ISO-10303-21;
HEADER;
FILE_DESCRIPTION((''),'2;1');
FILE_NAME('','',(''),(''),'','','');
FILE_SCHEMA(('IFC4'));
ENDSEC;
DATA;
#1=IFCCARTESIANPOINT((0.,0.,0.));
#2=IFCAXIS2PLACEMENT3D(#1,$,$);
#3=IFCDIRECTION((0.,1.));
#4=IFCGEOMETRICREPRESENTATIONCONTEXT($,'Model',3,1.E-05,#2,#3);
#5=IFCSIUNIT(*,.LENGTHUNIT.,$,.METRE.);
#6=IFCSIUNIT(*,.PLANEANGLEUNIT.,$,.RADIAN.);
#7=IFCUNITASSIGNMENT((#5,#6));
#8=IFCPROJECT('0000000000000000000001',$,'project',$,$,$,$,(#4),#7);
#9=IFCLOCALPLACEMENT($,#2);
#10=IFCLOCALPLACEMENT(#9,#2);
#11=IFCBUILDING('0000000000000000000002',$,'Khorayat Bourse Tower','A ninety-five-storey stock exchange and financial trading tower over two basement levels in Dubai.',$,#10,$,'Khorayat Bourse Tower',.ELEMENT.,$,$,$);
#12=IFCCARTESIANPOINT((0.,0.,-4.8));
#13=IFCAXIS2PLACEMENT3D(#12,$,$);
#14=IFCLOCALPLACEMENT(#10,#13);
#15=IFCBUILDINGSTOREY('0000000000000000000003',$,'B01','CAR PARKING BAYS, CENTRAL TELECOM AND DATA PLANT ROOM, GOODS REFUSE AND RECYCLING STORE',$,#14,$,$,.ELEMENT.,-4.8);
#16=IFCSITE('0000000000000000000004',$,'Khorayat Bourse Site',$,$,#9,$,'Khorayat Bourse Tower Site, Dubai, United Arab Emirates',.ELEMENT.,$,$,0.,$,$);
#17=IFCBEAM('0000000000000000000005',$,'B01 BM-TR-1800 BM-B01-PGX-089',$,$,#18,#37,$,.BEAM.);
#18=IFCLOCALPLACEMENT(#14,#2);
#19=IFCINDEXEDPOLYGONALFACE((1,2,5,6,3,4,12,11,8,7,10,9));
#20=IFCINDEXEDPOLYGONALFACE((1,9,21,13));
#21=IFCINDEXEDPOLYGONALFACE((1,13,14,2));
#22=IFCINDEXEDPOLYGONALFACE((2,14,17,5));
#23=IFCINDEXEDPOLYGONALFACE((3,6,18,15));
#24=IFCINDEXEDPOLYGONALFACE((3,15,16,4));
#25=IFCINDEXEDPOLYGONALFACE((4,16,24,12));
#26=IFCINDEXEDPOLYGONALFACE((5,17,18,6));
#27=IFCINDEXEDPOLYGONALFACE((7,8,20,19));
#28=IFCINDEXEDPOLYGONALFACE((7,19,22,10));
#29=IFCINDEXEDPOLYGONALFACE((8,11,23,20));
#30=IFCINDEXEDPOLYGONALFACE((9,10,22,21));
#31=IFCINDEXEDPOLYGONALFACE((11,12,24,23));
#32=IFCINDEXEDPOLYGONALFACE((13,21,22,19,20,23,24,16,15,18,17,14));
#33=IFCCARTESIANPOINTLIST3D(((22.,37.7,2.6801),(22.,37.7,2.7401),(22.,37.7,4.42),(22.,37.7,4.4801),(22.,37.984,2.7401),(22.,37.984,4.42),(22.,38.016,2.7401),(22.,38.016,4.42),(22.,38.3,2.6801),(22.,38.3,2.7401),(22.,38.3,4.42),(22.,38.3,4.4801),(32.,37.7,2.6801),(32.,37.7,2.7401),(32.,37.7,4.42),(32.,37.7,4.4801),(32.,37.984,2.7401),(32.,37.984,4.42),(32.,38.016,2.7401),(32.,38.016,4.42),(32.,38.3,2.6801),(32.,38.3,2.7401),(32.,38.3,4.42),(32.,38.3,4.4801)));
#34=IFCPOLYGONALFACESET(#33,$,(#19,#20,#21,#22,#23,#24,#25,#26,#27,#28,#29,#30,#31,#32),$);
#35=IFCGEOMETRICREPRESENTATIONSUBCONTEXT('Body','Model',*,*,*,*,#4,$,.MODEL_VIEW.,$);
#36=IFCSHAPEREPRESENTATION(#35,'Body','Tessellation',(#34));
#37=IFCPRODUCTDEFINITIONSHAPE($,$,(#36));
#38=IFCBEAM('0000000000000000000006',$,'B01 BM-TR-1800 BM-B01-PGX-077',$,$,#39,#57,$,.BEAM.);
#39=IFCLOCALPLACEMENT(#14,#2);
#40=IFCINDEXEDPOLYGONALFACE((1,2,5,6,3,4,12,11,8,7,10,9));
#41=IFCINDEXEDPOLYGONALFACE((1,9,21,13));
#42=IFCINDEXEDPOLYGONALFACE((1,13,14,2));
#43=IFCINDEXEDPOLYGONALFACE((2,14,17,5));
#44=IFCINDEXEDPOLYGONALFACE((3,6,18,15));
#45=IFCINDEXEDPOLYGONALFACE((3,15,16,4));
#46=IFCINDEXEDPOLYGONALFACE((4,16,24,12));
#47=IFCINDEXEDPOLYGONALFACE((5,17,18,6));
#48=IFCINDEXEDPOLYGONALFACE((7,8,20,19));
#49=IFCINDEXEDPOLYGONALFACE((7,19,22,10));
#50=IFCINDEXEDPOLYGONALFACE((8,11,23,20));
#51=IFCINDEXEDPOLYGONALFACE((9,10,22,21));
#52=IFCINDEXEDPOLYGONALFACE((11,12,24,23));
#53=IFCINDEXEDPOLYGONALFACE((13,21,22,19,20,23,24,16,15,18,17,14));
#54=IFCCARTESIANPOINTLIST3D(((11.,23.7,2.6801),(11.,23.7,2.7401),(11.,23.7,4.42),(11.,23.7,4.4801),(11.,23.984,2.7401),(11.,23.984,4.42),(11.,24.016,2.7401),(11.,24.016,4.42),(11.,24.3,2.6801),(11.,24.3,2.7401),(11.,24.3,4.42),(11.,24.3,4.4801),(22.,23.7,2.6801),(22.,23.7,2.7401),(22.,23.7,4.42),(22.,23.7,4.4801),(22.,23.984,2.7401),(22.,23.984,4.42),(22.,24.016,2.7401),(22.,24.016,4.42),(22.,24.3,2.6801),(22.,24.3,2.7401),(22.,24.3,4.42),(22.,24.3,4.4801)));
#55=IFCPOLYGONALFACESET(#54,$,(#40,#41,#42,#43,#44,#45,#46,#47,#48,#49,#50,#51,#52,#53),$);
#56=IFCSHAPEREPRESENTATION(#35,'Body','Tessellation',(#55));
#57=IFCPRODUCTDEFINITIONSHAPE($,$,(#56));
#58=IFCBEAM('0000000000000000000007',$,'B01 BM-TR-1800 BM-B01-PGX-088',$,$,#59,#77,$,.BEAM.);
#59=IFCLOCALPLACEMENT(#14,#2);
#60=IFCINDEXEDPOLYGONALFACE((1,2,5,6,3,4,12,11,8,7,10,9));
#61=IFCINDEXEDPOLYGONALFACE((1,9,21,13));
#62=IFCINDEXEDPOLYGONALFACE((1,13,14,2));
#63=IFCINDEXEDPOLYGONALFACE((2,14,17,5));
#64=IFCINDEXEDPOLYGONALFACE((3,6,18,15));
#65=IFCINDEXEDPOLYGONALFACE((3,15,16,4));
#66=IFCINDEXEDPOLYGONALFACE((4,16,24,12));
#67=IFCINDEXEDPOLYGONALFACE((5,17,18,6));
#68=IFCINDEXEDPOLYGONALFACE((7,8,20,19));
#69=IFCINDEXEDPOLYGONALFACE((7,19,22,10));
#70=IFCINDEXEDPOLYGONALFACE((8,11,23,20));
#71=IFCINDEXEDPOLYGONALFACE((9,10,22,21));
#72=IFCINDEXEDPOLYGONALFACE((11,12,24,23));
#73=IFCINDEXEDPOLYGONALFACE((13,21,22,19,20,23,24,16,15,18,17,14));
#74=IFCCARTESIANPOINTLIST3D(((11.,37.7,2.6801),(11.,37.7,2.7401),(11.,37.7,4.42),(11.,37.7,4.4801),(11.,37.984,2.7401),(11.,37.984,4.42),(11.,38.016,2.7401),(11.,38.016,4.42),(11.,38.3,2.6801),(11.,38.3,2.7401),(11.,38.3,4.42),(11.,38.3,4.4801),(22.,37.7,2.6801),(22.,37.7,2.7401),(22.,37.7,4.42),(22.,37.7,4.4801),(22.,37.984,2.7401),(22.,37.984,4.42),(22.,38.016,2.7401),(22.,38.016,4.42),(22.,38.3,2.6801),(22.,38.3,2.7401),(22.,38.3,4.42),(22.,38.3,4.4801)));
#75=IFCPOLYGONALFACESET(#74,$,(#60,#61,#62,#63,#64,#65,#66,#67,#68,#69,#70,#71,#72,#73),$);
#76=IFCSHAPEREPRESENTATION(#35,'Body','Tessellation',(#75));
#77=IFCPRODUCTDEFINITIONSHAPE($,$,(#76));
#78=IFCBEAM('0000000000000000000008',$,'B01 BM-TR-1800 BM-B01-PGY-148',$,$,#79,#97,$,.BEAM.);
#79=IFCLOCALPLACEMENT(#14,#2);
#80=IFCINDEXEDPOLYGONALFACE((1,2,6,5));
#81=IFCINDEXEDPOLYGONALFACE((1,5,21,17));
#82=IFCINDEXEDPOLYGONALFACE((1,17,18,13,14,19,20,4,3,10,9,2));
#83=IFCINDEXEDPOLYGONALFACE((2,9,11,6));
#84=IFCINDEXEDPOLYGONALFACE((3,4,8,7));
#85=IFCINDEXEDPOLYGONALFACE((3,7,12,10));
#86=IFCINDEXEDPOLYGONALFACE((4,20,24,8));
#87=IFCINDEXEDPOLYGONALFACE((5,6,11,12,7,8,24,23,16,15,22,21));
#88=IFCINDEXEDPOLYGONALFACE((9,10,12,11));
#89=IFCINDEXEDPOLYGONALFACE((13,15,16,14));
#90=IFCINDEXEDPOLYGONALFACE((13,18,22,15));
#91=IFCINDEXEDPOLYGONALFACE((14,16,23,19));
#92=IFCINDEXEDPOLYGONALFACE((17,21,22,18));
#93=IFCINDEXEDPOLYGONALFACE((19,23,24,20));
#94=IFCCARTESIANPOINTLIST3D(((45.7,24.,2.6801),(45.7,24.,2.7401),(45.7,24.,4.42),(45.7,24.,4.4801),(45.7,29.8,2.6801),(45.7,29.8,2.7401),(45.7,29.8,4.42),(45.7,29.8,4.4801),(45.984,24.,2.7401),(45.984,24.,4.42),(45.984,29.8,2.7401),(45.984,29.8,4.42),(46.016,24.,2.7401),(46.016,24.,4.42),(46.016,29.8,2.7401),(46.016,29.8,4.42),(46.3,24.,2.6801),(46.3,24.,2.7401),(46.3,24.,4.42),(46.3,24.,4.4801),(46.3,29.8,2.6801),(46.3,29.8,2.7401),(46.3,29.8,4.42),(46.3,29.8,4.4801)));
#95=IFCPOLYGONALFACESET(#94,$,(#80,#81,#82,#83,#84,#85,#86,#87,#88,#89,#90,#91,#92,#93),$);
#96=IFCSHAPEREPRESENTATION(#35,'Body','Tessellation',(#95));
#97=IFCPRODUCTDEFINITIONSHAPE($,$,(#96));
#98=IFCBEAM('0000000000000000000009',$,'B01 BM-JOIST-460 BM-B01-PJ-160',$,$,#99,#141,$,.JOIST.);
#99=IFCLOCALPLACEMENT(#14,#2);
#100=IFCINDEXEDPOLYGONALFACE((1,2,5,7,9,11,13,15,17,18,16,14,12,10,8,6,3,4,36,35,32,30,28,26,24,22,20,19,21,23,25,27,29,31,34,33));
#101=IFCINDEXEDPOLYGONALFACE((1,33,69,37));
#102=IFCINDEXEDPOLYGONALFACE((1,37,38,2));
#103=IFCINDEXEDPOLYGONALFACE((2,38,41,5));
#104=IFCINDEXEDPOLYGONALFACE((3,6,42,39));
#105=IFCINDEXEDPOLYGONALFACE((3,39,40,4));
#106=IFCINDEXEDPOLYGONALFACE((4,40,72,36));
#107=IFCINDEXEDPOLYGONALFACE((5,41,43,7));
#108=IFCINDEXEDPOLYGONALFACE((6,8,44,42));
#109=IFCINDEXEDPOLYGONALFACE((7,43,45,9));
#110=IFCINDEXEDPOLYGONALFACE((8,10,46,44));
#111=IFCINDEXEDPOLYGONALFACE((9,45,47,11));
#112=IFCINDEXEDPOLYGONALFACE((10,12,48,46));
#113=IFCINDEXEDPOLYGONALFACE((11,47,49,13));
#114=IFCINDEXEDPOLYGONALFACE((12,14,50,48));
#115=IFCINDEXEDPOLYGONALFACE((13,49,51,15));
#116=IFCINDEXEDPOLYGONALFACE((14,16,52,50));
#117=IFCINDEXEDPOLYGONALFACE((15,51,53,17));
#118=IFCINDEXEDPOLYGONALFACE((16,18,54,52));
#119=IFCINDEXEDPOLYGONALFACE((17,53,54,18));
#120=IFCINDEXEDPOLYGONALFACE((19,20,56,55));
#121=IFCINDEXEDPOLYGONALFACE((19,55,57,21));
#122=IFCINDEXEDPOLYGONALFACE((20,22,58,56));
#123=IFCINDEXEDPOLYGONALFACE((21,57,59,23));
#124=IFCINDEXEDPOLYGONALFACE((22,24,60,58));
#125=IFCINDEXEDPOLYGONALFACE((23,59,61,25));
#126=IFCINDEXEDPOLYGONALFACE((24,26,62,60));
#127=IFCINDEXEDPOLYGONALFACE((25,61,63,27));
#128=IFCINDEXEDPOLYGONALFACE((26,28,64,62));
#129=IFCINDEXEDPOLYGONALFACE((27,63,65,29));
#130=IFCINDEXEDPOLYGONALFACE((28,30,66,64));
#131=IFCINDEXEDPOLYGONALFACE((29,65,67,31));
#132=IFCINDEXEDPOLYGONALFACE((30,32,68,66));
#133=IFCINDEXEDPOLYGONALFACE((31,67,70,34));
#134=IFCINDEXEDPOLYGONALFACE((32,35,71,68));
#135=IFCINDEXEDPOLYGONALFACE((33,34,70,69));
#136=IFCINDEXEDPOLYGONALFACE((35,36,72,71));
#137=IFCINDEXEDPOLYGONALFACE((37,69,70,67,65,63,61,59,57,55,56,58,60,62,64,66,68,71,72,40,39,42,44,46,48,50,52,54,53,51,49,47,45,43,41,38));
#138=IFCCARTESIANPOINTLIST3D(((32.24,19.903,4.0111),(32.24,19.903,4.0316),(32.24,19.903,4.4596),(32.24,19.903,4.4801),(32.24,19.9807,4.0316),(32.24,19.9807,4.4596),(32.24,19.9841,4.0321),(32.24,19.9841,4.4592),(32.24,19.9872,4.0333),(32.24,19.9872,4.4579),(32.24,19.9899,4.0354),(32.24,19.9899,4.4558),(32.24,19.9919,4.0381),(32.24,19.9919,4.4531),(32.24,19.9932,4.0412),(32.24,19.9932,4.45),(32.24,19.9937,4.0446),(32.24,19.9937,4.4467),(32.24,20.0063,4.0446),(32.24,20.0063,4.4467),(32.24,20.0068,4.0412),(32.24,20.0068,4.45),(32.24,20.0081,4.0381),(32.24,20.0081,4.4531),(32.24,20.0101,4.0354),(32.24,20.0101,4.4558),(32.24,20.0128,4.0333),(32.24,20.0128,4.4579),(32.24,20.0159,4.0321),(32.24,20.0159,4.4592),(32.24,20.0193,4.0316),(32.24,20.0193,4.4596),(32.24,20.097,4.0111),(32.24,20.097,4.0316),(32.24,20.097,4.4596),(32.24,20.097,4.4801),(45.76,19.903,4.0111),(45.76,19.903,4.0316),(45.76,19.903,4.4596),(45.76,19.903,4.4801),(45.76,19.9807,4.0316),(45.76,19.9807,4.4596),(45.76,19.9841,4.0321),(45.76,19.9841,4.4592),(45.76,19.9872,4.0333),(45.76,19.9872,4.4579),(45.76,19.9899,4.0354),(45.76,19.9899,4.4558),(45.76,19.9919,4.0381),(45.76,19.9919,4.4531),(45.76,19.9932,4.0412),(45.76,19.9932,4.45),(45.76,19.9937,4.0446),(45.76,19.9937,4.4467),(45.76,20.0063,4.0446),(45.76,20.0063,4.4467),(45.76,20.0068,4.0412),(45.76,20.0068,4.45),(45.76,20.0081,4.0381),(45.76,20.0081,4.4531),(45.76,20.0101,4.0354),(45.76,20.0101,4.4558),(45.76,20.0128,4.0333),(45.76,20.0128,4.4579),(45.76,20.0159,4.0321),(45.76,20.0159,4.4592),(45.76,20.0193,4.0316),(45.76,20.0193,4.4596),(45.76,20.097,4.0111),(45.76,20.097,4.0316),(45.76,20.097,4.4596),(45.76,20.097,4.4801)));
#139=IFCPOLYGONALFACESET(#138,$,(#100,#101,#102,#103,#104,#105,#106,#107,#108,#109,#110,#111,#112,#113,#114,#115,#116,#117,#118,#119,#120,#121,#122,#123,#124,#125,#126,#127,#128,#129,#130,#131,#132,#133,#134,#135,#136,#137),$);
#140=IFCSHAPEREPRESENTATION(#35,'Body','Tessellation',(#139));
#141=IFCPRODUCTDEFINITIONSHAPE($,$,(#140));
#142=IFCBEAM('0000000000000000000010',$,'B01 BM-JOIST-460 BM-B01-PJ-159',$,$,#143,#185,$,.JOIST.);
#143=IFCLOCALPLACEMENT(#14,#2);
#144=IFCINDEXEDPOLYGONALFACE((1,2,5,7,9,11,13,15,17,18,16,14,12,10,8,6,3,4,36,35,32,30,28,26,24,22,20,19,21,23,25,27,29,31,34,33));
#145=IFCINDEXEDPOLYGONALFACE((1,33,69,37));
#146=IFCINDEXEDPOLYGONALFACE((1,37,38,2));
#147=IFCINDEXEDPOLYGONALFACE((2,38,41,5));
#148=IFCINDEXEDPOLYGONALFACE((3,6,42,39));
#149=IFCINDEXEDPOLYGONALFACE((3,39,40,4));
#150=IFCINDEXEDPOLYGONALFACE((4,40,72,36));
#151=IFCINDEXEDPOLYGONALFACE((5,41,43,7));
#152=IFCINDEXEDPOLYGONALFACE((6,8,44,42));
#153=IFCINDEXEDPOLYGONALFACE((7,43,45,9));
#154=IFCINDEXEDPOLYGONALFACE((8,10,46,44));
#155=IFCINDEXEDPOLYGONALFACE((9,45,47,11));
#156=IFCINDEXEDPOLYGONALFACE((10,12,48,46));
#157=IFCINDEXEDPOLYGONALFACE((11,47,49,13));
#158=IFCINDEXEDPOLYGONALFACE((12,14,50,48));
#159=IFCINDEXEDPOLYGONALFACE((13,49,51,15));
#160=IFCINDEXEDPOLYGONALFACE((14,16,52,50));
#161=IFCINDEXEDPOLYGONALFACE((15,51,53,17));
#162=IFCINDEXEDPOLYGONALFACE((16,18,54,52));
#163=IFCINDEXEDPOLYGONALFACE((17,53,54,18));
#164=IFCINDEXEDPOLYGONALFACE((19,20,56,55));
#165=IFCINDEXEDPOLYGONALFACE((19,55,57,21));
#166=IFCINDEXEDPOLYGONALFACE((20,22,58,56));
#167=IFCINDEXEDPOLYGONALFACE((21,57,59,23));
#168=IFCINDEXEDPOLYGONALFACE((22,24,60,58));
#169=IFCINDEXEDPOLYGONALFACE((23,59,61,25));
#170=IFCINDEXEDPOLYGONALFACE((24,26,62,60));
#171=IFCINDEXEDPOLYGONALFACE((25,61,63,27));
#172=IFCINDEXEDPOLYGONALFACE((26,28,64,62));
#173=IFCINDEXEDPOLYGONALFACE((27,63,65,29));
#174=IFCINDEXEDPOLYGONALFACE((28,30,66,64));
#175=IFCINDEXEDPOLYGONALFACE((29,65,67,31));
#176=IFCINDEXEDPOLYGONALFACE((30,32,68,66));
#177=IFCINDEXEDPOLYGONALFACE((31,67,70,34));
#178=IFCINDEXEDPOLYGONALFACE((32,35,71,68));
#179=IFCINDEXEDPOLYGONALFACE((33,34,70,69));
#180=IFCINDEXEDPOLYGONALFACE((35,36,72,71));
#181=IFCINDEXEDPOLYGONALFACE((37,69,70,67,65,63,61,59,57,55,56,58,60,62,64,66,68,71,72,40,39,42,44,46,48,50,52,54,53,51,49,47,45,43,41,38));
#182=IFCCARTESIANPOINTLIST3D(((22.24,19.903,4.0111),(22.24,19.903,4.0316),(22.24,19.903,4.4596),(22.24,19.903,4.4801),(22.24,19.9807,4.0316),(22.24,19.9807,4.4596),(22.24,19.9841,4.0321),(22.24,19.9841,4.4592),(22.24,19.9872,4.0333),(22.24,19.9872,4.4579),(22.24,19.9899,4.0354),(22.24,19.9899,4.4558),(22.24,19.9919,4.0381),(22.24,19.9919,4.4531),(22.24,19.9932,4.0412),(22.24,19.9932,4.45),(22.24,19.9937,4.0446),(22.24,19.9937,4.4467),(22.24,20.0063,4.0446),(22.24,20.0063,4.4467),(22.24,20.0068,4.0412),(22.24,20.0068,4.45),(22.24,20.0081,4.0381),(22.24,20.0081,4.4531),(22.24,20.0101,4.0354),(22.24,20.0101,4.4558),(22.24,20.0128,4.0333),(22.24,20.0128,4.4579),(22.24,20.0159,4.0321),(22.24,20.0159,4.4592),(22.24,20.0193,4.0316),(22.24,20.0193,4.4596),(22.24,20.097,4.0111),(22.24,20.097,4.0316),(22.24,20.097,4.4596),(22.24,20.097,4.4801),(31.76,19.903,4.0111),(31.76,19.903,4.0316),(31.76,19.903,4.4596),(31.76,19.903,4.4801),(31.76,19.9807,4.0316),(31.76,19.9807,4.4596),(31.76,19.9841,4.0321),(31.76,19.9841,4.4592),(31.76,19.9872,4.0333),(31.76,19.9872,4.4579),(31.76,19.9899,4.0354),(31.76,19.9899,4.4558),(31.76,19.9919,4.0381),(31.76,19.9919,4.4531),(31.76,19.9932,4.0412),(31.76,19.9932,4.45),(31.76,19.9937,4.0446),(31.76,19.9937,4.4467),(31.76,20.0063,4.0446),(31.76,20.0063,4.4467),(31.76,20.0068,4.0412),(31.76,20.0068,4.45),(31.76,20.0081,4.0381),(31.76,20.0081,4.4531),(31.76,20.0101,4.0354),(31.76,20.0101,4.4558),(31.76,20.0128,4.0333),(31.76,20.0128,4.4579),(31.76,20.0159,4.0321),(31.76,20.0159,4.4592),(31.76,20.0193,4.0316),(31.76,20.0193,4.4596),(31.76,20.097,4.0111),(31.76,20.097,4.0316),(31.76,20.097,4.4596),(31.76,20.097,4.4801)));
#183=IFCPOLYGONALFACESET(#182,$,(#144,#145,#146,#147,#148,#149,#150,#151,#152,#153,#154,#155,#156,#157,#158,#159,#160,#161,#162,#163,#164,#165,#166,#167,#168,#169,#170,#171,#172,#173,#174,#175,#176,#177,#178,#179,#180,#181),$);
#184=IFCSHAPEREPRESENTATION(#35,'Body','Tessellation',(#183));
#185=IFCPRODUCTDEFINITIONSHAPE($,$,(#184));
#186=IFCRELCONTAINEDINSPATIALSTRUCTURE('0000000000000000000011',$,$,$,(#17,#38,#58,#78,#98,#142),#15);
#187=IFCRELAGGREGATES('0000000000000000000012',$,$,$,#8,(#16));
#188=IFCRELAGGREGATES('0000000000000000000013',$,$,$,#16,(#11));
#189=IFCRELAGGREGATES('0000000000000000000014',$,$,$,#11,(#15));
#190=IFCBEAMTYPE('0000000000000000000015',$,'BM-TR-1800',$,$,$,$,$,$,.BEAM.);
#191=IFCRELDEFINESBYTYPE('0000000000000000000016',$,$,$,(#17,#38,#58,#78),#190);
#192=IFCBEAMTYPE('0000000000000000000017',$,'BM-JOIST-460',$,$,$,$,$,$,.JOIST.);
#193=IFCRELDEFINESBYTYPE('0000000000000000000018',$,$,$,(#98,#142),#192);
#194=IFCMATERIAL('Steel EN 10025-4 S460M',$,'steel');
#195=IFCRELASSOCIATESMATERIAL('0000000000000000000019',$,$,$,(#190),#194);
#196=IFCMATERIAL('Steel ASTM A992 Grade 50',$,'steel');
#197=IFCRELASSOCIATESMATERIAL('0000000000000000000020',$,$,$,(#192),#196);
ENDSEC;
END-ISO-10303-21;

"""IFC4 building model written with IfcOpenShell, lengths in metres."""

from ifc_helpers import new_model, si_unit, direction, frame, origin, origin_2d, place, context, subcontext, project, spatial, i_section, extrude, source, transform, mapped, material, material_profile, profile_set, type_object, element, save


model = new_model("IFC4")

# Units and contexts
model_context = context("Model", 3, precision=1e-05, world=origin(), true_north=direction((0.0, 1.0)))
body_context = subcontext(model_context, "Body", "Model", "MODEL_VIEW")
ifc_project = project(units=[si_unit("LENGTHUNIT", "METRE"), si_unit("PLANEANGLEUNIT", "RADIAN")], contexts=[model_context])

# Site, building, storey
site_placement = place(None, origin())
site = spatial("IfcSite", under=ifc_project, at=site_placement, Name="Khorayat Bourse Site", LongName="Khorayat Bourse Tower Site, Dubai, United Arab Emirates", CompositionType="ELEMENT", RefElevation=0.0)
building_placement = place(site_placement, origin())
building = spatial("IfcBuilding", under=site, at=building_placement, Name="Khorayat Bourse Tower", Description="A ninety-five-storey stock exchange and financial trading tower over two basement levels in Dubai.", LongName="Khorayat Bourse Tower", CompositionType="ELEMENT")
storey_placement = place(building_placement, frame((0.0, 0.0, -4.8)))
storey = spatial("IfcBuildingStorey", under=building, at=storey_placement, Name="B01", Description="CAR PARKING BAYS, CENTRAL TELECOM AND DATA PLANT ROOM, GOODS REFUSE AND RECYCLING STORE", CompositionType="ELEMENT", Elevation=-4.8)

# Beams
ifc_material_1 = material(Name="Steel EN 10025-4 S460M", Category="steel")
ifc_material_profile_1 = material_profile(ifc_material_1, i_section(OverallWidth=0.6001, OverallDepth=1.8, WebThickness=0.032, FlangeThickness=0.0601, at=origin_2d()), Name="PG 1800x600x32x60")
ifc_profile_set_1 = profile_set([ifc_material_profile_1], Name="Steel EN 10025-4 S460M")
beam_type_1 = type_object("IfcBeamType", Name="BM-TR-1800", PredefinedType="BEAM", material=ifc_profile_set_1)
shared_shape_1 = source(origin(), body_context, "Body", "SweptSolid", [
    extrude(i_section(OverallWidth=0.6001, OverallDepth=1.8, WebThickness=0.032, FlangeThickness=0.0601, at=origin_2d()), origin(), (0.0, 0.0, 1.0), 10.0),
])
for number, where, z_axis, x_axis, name in (
    (1, (22.0, 38.0, 3.5801), (1.0, 0.0, 0.0), (0.0, 1.0, 0.0), "B01 BM-TR-1800 BM-B01-PGX-089"),
):
    element("IfcBeam", number, at=place(storey_placement, frame(where, z_axis=z_axis, x_axis=x_axis)), inside=storey, type_object=beam_type_1, Name=name, PredefinedType="BEAM", context=body_context, shape_type="MappedRepresentation", body=[
        mapped(shared_shape_1, transform((0.0, 0.0, 0.0), scale=1.0)),
    ])
shared_shape_2 = source(origin(), body_context, "Body", "SweptSolid", [
    extrude(i_section(OverallWidth=0.6001, OverallDepth=1.8, WebThickness=0.032, FlangeThickness=0.0601, at=origin_2d()), origin(), (0.0, 0.0, 1.0), 11.0),
])
for number, where, z_axis, x_axis, name in (
    (2, (11.0, 24.0, 3.5801), (1.0, 0.0, 0.0), (0.0, 1.0, 0.0), "B01 BM-TR-1800 BM-B01-PGX-077"),
    (3, (11.0, 38.0, 3.5801), (1.0, 0.0, 0.0), (0.0, 1.0, 0.0), "B01 BM-TR-1800 BM-B01-PGX-088"),
):
    element("IfcBeam", number, at=place(storey_placement, frame(where, z_axis=z_axis, x_axis=x_axis)), inside=storey, type_object=beam_type_1, Name=name, PredefinedType="BEAM", context=body_context, shape_type="MappedRepresentation", body=[
        mapped(shared_shape_2, transform((0.0, 0.0, 0.0), scale=1.0)),
    ])
shared_shape_3 = source(origin(), body_context, "Body", "SweptSolid", [
    extrude(i_section(OverallWidth=0.6001, OverallDepth=1.8, WebThickness=0.032, FlangeThickness=0.0601, at=origin_2d()), origin(), (0.0, 0.0, 1.0), 5.8),
])
beam_1_placement = place(storey_placement, frame((46.0, 24.0, 3.5801), z_axis=(0.0, 1.0, 0.0), x_axis=(-1.0, 0.0, 0.0)))
element("IfcBeam", 4, at=beam_1_placement, inside=storey, type_object=beam_type_1, Name="B01 BM-TR-1800 BM-B01-PGY-148", PredefinedType="BEAM", context=body_context, shape_type="MappedRepresentation", body=[
    mapped(shared_shape_3, transform((0.0, 0.0, 0.0), scale=1.0)),
])
ifc_material_2 = material(Name="Steel ASTM A992 Grade 50", Category="steel")
ifc_material_profile_2 = material_profile(ifc_material_2, i_section(OverallWidth=0.1941, OverallDepth=0.469, WebThickness=0.0127, FlangeThickness=0.0205, FilletRadius=0.0129, at=origin_2d()), Name="W460X106")
ifc_profile_set_2 = profile_set([ifc_material_profile_2], Name="Steel ASTM A992 Grade 50")
beam_type_2 = type_object("IfcBeamType", Name="BM-JOIST-460", PredefinedType="JOIST", material=ifc_profile_set_2)
shared_shape_4 = source(origin(), body_context, "Body", "SweptSolid", [
    extrude(i_section(OverallWidth=0.1941, OverallDepth=0.469, WebThickness=0.0127, FlangeThickness=0.0205, FilletRadius=0.0129, at=origin_2d()), origin(), (0.0, 0.0, 1.0), 13.52),
])
beam_2_placement = place(storey_placement, frame((32.24, 20.0, 4.2456), z_axis=(1.0, 0.0, 0.0), x_axis=(0.0, 1.0, 0.0)))
element("IfcBeam", 5, at=beam_2_placement, inside=storey, type_object=beam_type_2, Name="B01 BM-JOIST-460 BM-B01-PJ-160", PredefinedType="JOIST", context=body_context, shape_type="MappedRepresentation", body=[
    mapped(shared_shape_4, transform((0.0, 0.0, 0.0), scale=1.0)),
])
shared_shape_5 = source(origin(), body_context, "Body", "SweptSolid", [
    extrude(i_section(OverallWidth=0.1941, OverallDepth=0.469, WebThickness=0.0127, FlangeThickness=0.0205, FilletRadius=0.0129, at=origin_2d()), origin(), (0.0, 0.0, 1.0), 9.52),
])
beam_3_placement = place(storey_placement, frame((22.24, 20.0, 4.2456), z_axis=(1.0, 0.0, 0.0), x_axis=(0.0, 1.0, 0.0)))
element("IfcBeam", 6, at=beam_3_placement, inside=storey, type_object=beam_type_2, Name="B01 BM-JOIST-460 BM-B01-PJ-159", PredefinedType="JOIST", context=body_context, shape_type="MappedRepresentation", body=[
    mapped(shared_shape_5, transform((0.0, 0.0, 0.0), scale=1.0)),
])

save(model, "model.ifc")
